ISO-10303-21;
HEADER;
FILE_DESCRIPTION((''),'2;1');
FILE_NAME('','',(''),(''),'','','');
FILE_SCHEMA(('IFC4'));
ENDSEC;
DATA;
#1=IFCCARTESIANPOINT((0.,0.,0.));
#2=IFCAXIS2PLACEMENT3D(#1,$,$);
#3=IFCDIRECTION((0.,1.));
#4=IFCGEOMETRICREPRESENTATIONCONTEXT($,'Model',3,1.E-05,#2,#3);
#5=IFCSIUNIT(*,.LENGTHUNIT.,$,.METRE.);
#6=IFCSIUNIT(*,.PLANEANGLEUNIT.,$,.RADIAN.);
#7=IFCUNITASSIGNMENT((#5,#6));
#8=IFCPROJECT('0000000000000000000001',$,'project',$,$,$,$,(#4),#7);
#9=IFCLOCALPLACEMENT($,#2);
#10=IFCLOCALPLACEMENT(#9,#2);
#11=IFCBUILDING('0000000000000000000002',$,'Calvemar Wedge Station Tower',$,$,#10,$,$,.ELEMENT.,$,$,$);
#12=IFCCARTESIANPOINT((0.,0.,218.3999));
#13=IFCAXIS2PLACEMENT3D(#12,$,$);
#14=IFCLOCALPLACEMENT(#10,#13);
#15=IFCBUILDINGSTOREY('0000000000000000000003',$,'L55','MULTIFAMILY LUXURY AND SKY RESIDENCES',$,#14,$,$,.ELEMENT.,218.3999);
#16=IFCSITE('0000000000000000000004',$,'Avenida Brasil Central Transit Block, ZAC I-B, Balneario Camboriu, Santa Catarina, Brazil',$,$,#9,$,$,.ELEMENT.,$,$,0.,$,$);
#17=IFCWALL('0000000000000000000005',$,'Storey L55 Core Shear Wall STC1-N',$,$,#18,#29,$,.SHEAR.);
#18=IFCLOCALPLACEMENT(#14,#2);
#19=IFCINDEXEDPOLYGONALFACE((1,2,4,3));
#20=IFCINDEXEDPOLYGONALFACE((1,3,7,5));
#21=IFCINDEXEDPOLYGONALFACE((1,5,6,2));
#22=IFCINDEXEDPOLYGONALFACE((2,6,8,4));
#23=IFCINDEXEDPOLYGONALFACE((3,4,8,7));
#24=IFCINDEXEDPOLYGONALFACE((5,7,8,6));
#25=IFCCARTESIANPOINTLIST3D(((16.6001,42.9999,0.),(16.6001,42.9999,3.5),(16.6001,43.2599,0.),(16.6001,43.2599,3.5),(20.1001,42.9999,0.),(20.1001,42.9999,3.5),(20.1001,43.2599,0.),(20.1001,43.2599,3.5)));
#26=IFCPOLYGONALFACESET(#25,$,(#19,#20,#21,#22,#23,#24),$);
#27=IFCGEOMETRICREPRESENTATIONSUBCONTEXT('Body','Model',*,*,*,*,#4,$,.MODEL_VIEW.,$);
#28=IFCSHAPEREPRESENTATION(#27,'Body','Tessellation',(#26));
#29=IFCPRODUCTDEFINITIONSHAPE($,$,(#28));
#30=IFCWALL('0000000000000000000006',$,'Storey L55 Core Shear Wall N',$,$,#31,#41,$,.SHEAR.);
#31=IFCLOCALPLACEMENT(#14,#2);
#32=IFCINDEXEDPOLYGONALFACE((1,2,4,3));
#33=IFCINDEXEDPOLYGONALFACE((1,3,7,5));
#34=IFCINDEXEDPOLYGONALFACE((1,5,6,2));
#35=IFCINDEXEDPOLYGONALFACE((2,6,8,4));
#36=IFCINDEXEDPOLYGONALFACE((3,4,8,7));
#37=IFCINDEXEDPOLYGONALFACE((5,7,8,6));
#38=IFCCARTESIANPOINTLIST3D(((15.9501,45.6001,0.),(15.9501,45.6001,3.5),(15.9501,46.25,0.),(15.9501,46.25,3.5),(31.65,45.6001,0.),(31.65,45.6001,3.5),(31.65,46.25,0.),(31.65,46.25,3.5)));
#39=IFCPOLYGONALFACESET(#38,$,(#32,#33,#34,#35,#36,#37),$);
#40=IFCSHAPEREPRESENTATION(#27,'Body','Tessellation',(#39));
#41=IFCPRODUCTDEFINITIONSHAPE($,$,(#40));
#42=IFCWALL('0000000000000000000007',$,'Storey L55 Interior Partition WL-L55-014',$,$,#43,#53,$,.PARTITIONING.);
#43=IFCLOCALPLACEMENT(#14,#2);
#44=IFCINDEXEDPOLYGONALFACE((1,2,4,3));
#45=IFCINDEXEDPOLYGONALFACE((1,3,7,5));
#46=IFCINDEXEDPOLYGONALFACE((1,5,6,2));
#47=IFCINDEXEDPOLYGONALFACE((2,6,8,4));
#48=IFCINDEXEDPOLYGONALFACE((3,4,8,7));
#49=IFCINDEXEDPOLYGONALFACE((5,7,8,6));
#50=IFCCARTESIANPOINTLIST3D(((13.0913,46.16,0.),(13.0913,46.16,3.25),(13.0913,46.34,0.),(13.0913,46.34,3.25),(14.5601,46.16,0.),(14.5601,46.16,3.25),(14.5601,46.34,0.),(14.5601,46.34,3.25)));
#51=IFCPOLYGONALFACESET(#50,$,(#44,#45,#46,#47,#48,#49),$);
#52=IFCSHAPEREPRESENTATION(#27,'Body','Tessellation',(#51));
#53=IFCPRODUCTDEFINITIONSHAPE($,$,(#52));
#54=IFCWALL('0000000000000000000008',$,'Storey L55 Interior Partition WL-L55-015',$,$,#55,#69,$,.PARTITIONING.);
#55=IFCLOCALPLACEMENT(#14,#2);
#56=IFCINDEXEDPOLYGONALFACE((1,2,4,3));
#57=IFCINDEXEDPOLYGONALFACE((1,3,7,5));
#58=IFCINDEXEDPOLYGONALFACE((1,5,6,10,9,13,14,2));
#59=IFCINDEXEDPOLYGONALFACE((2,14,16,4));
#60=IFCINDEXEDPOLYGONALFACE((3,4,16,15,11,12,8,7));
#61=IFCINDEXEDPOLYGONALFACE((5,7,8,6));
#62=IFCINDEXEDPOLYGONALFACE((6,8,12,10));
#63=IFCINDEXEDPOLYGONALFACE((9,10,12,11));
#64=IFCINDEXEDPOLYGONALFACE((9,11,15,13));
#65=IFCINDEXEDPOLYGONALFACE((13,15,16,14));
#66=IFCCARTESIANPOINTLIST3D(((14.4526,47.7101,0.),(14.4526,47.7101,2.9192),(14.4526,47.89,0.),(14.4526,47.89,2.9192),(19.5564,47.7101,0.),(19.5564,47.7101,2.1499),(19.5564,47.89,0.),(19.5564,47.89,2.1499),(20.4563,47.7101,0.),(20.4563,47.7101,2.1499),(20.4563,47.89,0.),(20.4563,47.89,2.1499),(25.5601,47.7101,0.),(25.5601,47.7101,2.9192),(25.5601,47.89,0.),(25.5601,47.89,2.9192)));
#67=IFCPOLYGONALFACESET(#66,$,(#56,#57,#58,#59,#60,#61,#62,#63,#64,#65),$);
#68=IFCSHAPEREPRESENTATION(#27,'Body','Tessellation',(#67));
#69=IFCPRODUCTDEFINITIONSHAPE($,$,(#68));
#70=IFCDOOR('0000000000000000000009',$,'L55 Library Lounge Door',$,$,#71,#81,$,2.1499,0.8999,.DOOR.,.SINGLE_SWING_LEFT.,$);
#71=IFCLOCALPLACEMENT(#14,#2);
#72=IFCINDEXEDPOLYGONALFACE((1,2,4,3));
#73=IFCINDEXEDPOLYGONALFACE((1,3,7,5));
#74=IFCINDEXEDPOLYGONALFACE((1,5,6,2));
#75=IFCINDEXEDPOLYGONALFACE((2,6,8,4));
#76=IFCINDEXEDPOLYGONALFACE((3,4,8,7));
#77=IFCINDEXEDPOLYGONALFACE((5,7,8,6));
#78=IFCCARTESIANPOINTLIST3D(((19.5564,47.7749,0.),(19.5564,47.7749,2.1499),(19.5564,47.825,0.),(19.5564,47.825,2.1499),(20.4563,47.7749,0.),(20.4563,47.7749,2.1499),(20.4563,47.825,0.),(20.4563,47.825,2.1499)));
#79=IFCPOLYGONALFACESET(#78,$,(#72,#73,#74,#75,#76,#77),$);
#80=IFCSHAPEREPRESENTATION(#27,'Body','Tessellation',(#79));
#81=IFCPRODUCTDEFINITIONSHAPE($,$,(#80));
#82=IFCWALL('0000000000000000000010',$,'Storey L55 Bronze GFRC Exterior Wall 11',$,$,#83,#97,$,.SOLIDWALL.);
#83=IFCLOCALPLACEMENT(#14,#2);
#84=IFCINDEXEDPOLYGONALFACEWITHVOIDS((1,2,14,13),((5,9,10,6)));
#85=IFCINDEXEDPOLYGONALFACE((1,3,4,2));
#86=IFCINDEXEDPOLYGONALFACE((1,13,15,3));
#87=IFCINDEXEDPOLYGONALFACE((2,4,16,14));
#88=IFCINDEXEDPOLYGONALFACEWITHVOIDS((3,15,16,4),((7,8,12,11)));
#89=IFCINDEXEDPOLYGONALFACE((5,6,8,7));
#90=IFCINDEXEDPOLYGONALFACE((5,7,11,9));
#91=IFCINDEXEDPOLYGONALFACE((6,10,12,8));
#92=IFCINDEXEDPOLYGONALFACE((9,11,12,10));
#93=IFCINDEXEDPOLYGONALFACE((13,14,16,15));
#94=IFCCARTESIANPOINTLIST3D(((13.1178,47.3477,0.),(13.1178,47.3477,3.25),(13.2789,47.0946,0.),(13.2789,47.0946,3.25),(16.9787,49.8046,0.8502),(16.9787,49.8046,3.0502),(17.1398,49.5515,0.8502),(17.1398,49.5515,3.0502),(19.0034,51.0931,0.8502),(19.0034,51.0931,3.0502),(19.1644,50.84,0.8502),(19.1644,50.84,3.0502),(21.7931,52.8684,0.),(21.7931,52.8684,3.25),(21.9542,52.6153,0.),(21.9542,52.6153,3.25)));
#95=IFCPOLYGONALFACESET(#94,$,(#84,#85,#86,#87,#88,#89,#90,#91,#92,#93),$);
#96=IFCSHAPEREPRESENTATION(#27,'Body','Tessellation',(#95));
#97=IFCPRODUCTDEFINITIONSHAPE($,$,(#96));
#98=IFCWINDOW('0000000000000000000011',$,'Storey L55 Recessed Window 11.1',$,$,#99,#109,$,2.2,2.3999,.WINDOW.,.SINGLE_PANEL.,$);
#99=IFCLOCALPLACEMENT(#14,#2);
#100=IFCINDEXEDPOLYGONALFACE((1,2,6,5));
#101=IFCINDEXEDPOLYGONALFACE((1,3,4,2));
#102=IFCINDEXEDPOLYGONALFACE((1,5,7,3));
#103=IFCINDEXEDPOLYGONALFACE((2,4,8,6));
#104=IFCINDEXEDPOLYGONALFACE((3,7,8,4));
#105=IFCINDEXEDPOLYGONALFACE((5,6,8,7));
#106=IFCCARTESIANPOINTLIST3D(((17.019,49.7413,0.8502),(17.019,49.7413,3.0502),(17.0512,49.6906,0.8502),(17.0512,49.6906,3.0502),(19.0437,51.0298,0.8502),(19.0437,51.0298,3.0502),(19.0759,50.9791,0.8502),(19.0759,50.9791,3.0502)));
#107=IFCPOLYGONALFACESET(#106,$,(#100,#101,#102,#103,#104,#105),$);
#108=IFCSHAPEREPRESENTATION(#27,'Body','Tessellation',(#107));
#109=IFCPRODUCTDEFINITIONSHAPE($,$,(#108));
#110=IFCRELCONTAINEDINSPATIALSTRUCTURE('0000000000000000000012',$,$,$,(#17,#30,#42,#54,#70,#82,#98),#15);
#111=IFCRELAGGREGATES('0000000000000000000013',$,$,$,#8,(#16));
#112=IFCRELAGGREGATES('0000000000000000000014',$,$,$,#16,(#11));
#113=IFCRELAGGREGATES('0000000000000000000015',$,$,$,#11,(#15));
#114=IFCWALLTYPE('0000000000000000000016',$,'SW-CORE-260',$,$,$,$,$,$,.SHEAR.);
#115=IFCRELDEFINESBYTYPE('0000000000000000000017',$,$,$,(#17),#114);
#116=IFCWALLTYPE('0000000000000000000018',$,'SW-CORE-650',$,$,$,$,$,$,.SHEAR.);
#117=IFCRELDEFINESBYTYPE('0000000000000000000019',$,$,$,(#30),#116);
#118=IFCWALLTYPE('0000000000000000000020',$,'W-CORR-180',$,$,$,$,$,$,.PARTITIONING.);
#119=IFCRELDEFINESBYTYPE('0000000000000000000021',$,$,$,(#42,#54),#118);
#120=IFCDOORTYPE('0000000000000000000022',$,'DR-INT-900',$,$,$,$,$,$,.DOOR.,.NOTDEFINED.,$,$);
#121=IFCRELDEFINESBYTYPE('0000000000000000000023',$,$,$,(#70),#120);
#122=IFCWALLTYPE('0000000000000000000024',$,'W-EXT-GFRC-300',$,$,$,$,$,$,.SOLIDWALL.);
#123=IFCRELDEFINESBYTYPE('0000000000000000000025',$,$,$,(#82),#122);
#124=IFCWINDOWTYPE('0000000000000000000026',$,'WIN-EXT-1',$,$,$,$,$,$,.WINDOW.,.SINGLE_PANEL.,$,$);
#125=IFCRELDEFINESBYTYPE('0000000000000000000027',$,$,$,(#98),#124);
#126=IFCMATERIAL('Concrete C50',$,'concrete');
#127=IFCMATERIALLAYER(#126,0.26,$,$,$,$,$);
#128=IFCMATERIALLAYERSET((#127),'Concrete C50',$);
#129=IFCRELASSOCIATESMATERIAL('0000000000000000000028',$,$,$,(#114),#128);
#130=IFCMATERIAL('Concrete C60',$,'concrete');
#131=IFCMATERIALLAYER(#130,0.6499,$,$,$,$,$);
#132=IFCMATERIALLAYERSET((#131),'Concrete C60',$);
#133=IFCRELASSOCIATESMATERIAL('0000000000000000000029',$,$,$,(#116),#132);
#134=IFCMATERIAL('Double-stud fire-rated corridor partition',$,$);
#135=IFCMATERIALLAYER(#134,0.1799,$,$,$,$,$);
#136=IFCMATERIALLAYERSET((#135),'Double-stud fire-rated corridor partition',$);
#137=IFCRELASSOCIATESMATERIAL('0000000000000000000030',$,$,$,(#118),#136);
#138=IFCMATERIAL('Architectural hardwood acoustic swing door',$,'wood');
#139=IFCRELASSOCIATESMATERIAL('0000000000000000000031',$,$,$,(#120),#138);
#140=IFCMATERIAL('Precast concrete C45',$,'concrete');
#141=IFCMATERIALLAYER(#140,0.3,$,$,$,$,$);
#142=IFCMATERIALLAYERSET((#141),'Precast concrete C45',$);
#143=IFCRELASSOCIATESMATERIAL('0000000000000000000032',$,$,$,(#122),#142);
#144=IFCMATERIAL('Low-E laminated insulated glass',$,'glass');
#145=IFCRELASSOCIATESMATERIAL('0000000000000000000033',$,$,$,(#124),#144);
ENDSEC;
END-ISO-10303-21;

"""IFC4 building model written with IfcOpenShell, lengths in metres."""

from ifc_helpers import new_model, si_unit, direction, frame, frame_2d, origin, place, context, subcontext, project, spatial, rectangle, extrude, source, transform, mapped, material, layer, layer_set, type_object, element, fill, save


model = new_model("IFC4")

# Units and contexts
model_context = context("Model", 3, precision=1e-05, world=origin(), true_north=direction((0.0, 1.0)))
body_context = subcontext(model_context, "Body", "Model", "MODEL_VIEW")
ifc_project = project(units=[si_unit("LENGTHUNIT", "METRE"), si_unit("PLANEANGLEUNIT", "RADIAN")], contexts=[model_context])

# Site, building, storey
site_placement = place(None, origin())
site = spatial("IfcSite", under=ifc_project, at=site_placement, Name="Avenida Brasil Central Transit Block, ZAC I-B, Balneario Camboriu, Santa Catarina, Brazil", CompositionType="ELEMENT", RefElevation=0.0)
building_placement = place(site_placement, origin())
building = spatial("IfcBuilding", under=site, at=building_placement, Name="Calvemar Wedge Station Tower", CompositionType="ELEMENT")
storey_placement = place(building_placement, frame((0.0, 0.0, 218.3999)))
storey = spatial("IfcBuildingStorey", under=building, at=storey_placement, Name="L55", Description="MULTIFAMILY LUXURY AND SKY RESIDENCES", CompositionType="ELEMENT", Elevation=218.3999)

# Walls
ifc_material_1 = material(Name="Concrete C50", Category="concrete")
ifc_layer_1 = layer(ifc_material_1, 0.26)
ifc_layer_set_1 = layer_set([ifc_layer_1], Name="Concrete C50")
wall_type_1 = type_object("IfcWallType", Name="SW-CORE-260", PredefinedType="SHEAR", material=ifc_layer_set_1)
wall_1_placement = place(storey_placement, frame((16.6001, 43.1299, 0.0), z_axis=(0.0, 0.0, 1.0), x_axis=(1.0, 0.0, 0.0)))
element("IfcWall", 1, at=wall_1_placement, inside=storey, type_object=wall_type_1, Name="Storey L55 Core Shear Wall STC1-N", PredefinedType="SHEAR", context=body_context, shape_type="SweptSolid", body=[
    extrude(rectangle(XDim=3.5, YDim=0.26, at=frame_2d((1.75, 0.0))), origin(), (0.0, 0.0, 1.0), 3.5),
])
ifc_material_2 = material(Name="Concrete C60", Category="concrete")
ifc_layer_2 = layer(ifc_material_2, 0.6499)
ifc_layer_set_2 = layer_set([ifc_layer_2], Name="Concrete C60")
wall_type_2 = type_object("IfcWallType", Name="SW-CORE-650", PredefinedType="SHEAR", material=ifc_layer_set_2)
wall_2_placement = place(storey_placement, frame((15.95, 45.925, 0.0), z_axis=(0.0, 0.0, 1.0), x_axis=(1.0, 0.0, 0.0)))
element("IfcWall", 2, at=wall_2_placement, inside=storey, type_object=wall_type_2, Name="Storey L55 Core Shear Wall N", PredefinedType="SHEAR", context=body_context, shape_type="SweptSolid", body=[
    extrude(rectangle(XDim=15.7, YDim=0.6499, at=frame_2d((7.8501, 0.0))), origin(), (0.0, 0.0, 1.0), 3.5),
])

# Shared definitions
ifc_material_3 = material(Name="Double-stud fire-rated corridor partition")
ifc_layer_3 = layer(ifc_material_3, 0.1799)
ifc_layer_set_3 = layer_set([ifc_layer_3], Name="Double-stud fire-rated corridor partition")
wall_type_3 = type_object("IfcWallType", Name="W-CORR-180", PredefinedType="PARTITIONING", material=ifc_layer_set_3)

# Wall
wall_3_placement = place(storey_placement, frame((14.5601, 46.25, 0.0), z_axis=(0.0, 0.0, 1.0), x_axis=(-1.0, 0.0, 0.0)))
element("IfcWall", 3, at=wall_3_placement, inside=storey, type_object=wall_type_3, Name="Storey L55 Interior Partition WL-L55-014", PredefinedType="PARTITIONING", context=body_context, shape_type="SweptSolid", body=[
    extrude(rectangle(XDim=1.4688, YDim=0.1799, at=frame_2d((0.7344, 0.0))), origin(), (0.0, 0.0, 1.0), 3.25),
])

# Wall, opening, door
wall_4_placement = place(storey_placement, frame((14.4526, 47.8, 0.0), z_axis=(0.0, 0.0, 1.0), x_axis=(1.0, 0.0, 0.0)))
wall_4 = element("IfcWall", 4, at=wall_4_placement, inside=storey, type_object=wall_type_3, Name="Storey L55 Interior Partition WL-L55-015", PredefinedType="PARTITIONING", context=body_context, shape_type="SweptSolid", body=[
    extrude(rectangle(XDim=11.1074, YDim=0.1799, at=frame_2d((5.5537, 0.0))), origin(), (0.0, 0.0, 1.0), 2.9192),
])
shared_shape_1 = source(origin(), body_context, "Body", "SweptSolid", [
    extrude(rectangle(XDim=0.8999, YDim=2.1499, at=frame_2d((0.45, 1.075))), frame((0.0, 0.1001, 0.0), z_axis=(0.0, -1.0, 0.0), x_axis=(1.0, 0.0, 0.0)), (0.0, 0.0, 1.0), 0.2),
])
opening_1_placement = place(wall_4_placement, frame((5.1038, 0.0, 0.0)))
opening_1 = element("IfcOpeningElement", 5, at=opening_1_placement, cuts=wall_4, PredefinedType="OPENING", context=body_context, shape_type="MappedRepresentation", body=[
    mapped(shared_shape_1, transform((0.0, 0.0, 0.0), scale=1.0)),
])
ifc_material_4 = material(Name="Architectural hardwood acoustic swing door", Category="wood")
door_type_1 = type_object("IfcDoorType", Name="DR-INT-900", OperationType="NOTDEFINED", PredefinedType="DOOR", material=ifc_material_4)
shared_shape_2 = source(origin(), body_context, "Body", "SweptSolid", [
    extrude(rectangle(XDim=0.8999, YDim=2.1499, at=frame_2d((0.45, 1.075))), frame((0.0, 0.0249, 0.0), z_axis=(0.0, -1.0, 0.0), x_axis=(1.0, 0.0, 0.0)), (0.0, 0.0, 1.0), 0.05),
])
door_1_placement = place(opening_1_placement, origin())
door_1 = element("IfcDoor", 6, at=door_1_placement, inside=storey, type_object=door_type_1, Name="L55 Library Lounge Door", OperationType="SINGLE_SWING_LEFT", OverallHeight=2.1499, OverallWidth=0.8999, PredefinedType="DOOR", context=body_context, shape_type="MappedRepresentation", body=[
    mapped(shared_shape_2, transform((0.0, 0.0, 0.0), scale=1.0)),
])
fill(opening_1, door_1)

# Wall, opening, window
ifc_material_5 = material(Name="Precast concrete C45", Category="concrete")
ifc_layer_4 = layer(ifc_material_5, 0.3)
ifc_layer_set_4 = layer_set([ifc_layer_4], Name="Precast concrete C45")
wall_type_4 = type_object("IfcWallType", Name="W-EXT-GFRC-300", PredefinedType="SOLIDWALL", material=ifc_layer_set_4)
wall_5_placement = place(storey_placement, frame((21.8738, 52.7419, 0.0), z_axis=(0.0, 0.0, 1.0), x_axis=(-0.843657, -0.536883, 0.0)))
wall_5 = element("IfcWall", 7, at=wall_5_placement, inside=storey, type_object=wall_type_4, Name="Storey L55 Bronze GFRC Exterior Wall 11", PredefinedType="SOLIDWALL", context=body_context, shape_type="SweptSolid", body=[
    extrude(rectangle(XDim=10.283, YDim=0.3, at=frame_2d((5.1416, 0.0))), origin(), (0.0, 0.0, 1.0), 3.25),
])
shared_shape_3 = source(origin(), body_context, "Body", "SweptSolid", [
    extrude(rectangle(XDim=2.3999, YDim=2.2, at=frame_2d((1.2, 1.1001))), frame((0.0, 0.1602, 0.0), z_axis=(0.0, -1.0, 0.0), x_axis=(1.0, 0.0, 0.0)), (0.0, 0.0, 1.0), 0.3201),
])
opening_2_placement = place(wall_5_placement, frame((3.3069, 0.0, 0.8501)))
opening_2 = element("IfcOpeningElement", 8, at=opening_2_placement, cuts=wall_5, PredefinedType="OPENING", context=body_context, shape_type="MappedRepresentation", body=[
    mapped(shared_shape_3, transform((0.0, 0.0, 0.0), scale=1.0)),
])
ifc_material_6 = material(Name="Low-E laminated insulated glass", Category="glass")
window_type_1 = type_object("IfcWindowType", Name="WIN-EXT-1", PartitioningType="SINGLE_PANEL", PredefinedType="WINDOW", material=ifc_material_6)
shared_shape_4 = source(origin(), body_context, "Body", "SweptSolid", [
    extrude(rectangle(XDim=2.3999, YDim=2.2, at=frame_2d((1.2, 1.1001))), frame((0.0, -0.0149, 0.0), z_axis=(0.0, -1.0, 0.0), x_axis=(1.0, 0.0, 0.0)), (0.0, 0.0, 1.0), 0.0601),
])
window_1_placement = place(opening_2_placement, origin())
window_1 = element("IfcWindow", 9, at=window_1_placement, inside=storey, type_object=window_type_1, Name="Storey L55 Recessed Window 11.1", OverallHeight=2.2, OverallWidth=2.3999, PartitioningType="SINGLE_PANEL", PredefinedType="WINDOW", context=body_context, shape_type="MappedRepresentation", body=[
    mapped(shared_shape_4, transform((0.0, 0.0, 0.0), scale=1.0)),
])
fill(opening_2, window_1)

save(model, "model.ifc")
